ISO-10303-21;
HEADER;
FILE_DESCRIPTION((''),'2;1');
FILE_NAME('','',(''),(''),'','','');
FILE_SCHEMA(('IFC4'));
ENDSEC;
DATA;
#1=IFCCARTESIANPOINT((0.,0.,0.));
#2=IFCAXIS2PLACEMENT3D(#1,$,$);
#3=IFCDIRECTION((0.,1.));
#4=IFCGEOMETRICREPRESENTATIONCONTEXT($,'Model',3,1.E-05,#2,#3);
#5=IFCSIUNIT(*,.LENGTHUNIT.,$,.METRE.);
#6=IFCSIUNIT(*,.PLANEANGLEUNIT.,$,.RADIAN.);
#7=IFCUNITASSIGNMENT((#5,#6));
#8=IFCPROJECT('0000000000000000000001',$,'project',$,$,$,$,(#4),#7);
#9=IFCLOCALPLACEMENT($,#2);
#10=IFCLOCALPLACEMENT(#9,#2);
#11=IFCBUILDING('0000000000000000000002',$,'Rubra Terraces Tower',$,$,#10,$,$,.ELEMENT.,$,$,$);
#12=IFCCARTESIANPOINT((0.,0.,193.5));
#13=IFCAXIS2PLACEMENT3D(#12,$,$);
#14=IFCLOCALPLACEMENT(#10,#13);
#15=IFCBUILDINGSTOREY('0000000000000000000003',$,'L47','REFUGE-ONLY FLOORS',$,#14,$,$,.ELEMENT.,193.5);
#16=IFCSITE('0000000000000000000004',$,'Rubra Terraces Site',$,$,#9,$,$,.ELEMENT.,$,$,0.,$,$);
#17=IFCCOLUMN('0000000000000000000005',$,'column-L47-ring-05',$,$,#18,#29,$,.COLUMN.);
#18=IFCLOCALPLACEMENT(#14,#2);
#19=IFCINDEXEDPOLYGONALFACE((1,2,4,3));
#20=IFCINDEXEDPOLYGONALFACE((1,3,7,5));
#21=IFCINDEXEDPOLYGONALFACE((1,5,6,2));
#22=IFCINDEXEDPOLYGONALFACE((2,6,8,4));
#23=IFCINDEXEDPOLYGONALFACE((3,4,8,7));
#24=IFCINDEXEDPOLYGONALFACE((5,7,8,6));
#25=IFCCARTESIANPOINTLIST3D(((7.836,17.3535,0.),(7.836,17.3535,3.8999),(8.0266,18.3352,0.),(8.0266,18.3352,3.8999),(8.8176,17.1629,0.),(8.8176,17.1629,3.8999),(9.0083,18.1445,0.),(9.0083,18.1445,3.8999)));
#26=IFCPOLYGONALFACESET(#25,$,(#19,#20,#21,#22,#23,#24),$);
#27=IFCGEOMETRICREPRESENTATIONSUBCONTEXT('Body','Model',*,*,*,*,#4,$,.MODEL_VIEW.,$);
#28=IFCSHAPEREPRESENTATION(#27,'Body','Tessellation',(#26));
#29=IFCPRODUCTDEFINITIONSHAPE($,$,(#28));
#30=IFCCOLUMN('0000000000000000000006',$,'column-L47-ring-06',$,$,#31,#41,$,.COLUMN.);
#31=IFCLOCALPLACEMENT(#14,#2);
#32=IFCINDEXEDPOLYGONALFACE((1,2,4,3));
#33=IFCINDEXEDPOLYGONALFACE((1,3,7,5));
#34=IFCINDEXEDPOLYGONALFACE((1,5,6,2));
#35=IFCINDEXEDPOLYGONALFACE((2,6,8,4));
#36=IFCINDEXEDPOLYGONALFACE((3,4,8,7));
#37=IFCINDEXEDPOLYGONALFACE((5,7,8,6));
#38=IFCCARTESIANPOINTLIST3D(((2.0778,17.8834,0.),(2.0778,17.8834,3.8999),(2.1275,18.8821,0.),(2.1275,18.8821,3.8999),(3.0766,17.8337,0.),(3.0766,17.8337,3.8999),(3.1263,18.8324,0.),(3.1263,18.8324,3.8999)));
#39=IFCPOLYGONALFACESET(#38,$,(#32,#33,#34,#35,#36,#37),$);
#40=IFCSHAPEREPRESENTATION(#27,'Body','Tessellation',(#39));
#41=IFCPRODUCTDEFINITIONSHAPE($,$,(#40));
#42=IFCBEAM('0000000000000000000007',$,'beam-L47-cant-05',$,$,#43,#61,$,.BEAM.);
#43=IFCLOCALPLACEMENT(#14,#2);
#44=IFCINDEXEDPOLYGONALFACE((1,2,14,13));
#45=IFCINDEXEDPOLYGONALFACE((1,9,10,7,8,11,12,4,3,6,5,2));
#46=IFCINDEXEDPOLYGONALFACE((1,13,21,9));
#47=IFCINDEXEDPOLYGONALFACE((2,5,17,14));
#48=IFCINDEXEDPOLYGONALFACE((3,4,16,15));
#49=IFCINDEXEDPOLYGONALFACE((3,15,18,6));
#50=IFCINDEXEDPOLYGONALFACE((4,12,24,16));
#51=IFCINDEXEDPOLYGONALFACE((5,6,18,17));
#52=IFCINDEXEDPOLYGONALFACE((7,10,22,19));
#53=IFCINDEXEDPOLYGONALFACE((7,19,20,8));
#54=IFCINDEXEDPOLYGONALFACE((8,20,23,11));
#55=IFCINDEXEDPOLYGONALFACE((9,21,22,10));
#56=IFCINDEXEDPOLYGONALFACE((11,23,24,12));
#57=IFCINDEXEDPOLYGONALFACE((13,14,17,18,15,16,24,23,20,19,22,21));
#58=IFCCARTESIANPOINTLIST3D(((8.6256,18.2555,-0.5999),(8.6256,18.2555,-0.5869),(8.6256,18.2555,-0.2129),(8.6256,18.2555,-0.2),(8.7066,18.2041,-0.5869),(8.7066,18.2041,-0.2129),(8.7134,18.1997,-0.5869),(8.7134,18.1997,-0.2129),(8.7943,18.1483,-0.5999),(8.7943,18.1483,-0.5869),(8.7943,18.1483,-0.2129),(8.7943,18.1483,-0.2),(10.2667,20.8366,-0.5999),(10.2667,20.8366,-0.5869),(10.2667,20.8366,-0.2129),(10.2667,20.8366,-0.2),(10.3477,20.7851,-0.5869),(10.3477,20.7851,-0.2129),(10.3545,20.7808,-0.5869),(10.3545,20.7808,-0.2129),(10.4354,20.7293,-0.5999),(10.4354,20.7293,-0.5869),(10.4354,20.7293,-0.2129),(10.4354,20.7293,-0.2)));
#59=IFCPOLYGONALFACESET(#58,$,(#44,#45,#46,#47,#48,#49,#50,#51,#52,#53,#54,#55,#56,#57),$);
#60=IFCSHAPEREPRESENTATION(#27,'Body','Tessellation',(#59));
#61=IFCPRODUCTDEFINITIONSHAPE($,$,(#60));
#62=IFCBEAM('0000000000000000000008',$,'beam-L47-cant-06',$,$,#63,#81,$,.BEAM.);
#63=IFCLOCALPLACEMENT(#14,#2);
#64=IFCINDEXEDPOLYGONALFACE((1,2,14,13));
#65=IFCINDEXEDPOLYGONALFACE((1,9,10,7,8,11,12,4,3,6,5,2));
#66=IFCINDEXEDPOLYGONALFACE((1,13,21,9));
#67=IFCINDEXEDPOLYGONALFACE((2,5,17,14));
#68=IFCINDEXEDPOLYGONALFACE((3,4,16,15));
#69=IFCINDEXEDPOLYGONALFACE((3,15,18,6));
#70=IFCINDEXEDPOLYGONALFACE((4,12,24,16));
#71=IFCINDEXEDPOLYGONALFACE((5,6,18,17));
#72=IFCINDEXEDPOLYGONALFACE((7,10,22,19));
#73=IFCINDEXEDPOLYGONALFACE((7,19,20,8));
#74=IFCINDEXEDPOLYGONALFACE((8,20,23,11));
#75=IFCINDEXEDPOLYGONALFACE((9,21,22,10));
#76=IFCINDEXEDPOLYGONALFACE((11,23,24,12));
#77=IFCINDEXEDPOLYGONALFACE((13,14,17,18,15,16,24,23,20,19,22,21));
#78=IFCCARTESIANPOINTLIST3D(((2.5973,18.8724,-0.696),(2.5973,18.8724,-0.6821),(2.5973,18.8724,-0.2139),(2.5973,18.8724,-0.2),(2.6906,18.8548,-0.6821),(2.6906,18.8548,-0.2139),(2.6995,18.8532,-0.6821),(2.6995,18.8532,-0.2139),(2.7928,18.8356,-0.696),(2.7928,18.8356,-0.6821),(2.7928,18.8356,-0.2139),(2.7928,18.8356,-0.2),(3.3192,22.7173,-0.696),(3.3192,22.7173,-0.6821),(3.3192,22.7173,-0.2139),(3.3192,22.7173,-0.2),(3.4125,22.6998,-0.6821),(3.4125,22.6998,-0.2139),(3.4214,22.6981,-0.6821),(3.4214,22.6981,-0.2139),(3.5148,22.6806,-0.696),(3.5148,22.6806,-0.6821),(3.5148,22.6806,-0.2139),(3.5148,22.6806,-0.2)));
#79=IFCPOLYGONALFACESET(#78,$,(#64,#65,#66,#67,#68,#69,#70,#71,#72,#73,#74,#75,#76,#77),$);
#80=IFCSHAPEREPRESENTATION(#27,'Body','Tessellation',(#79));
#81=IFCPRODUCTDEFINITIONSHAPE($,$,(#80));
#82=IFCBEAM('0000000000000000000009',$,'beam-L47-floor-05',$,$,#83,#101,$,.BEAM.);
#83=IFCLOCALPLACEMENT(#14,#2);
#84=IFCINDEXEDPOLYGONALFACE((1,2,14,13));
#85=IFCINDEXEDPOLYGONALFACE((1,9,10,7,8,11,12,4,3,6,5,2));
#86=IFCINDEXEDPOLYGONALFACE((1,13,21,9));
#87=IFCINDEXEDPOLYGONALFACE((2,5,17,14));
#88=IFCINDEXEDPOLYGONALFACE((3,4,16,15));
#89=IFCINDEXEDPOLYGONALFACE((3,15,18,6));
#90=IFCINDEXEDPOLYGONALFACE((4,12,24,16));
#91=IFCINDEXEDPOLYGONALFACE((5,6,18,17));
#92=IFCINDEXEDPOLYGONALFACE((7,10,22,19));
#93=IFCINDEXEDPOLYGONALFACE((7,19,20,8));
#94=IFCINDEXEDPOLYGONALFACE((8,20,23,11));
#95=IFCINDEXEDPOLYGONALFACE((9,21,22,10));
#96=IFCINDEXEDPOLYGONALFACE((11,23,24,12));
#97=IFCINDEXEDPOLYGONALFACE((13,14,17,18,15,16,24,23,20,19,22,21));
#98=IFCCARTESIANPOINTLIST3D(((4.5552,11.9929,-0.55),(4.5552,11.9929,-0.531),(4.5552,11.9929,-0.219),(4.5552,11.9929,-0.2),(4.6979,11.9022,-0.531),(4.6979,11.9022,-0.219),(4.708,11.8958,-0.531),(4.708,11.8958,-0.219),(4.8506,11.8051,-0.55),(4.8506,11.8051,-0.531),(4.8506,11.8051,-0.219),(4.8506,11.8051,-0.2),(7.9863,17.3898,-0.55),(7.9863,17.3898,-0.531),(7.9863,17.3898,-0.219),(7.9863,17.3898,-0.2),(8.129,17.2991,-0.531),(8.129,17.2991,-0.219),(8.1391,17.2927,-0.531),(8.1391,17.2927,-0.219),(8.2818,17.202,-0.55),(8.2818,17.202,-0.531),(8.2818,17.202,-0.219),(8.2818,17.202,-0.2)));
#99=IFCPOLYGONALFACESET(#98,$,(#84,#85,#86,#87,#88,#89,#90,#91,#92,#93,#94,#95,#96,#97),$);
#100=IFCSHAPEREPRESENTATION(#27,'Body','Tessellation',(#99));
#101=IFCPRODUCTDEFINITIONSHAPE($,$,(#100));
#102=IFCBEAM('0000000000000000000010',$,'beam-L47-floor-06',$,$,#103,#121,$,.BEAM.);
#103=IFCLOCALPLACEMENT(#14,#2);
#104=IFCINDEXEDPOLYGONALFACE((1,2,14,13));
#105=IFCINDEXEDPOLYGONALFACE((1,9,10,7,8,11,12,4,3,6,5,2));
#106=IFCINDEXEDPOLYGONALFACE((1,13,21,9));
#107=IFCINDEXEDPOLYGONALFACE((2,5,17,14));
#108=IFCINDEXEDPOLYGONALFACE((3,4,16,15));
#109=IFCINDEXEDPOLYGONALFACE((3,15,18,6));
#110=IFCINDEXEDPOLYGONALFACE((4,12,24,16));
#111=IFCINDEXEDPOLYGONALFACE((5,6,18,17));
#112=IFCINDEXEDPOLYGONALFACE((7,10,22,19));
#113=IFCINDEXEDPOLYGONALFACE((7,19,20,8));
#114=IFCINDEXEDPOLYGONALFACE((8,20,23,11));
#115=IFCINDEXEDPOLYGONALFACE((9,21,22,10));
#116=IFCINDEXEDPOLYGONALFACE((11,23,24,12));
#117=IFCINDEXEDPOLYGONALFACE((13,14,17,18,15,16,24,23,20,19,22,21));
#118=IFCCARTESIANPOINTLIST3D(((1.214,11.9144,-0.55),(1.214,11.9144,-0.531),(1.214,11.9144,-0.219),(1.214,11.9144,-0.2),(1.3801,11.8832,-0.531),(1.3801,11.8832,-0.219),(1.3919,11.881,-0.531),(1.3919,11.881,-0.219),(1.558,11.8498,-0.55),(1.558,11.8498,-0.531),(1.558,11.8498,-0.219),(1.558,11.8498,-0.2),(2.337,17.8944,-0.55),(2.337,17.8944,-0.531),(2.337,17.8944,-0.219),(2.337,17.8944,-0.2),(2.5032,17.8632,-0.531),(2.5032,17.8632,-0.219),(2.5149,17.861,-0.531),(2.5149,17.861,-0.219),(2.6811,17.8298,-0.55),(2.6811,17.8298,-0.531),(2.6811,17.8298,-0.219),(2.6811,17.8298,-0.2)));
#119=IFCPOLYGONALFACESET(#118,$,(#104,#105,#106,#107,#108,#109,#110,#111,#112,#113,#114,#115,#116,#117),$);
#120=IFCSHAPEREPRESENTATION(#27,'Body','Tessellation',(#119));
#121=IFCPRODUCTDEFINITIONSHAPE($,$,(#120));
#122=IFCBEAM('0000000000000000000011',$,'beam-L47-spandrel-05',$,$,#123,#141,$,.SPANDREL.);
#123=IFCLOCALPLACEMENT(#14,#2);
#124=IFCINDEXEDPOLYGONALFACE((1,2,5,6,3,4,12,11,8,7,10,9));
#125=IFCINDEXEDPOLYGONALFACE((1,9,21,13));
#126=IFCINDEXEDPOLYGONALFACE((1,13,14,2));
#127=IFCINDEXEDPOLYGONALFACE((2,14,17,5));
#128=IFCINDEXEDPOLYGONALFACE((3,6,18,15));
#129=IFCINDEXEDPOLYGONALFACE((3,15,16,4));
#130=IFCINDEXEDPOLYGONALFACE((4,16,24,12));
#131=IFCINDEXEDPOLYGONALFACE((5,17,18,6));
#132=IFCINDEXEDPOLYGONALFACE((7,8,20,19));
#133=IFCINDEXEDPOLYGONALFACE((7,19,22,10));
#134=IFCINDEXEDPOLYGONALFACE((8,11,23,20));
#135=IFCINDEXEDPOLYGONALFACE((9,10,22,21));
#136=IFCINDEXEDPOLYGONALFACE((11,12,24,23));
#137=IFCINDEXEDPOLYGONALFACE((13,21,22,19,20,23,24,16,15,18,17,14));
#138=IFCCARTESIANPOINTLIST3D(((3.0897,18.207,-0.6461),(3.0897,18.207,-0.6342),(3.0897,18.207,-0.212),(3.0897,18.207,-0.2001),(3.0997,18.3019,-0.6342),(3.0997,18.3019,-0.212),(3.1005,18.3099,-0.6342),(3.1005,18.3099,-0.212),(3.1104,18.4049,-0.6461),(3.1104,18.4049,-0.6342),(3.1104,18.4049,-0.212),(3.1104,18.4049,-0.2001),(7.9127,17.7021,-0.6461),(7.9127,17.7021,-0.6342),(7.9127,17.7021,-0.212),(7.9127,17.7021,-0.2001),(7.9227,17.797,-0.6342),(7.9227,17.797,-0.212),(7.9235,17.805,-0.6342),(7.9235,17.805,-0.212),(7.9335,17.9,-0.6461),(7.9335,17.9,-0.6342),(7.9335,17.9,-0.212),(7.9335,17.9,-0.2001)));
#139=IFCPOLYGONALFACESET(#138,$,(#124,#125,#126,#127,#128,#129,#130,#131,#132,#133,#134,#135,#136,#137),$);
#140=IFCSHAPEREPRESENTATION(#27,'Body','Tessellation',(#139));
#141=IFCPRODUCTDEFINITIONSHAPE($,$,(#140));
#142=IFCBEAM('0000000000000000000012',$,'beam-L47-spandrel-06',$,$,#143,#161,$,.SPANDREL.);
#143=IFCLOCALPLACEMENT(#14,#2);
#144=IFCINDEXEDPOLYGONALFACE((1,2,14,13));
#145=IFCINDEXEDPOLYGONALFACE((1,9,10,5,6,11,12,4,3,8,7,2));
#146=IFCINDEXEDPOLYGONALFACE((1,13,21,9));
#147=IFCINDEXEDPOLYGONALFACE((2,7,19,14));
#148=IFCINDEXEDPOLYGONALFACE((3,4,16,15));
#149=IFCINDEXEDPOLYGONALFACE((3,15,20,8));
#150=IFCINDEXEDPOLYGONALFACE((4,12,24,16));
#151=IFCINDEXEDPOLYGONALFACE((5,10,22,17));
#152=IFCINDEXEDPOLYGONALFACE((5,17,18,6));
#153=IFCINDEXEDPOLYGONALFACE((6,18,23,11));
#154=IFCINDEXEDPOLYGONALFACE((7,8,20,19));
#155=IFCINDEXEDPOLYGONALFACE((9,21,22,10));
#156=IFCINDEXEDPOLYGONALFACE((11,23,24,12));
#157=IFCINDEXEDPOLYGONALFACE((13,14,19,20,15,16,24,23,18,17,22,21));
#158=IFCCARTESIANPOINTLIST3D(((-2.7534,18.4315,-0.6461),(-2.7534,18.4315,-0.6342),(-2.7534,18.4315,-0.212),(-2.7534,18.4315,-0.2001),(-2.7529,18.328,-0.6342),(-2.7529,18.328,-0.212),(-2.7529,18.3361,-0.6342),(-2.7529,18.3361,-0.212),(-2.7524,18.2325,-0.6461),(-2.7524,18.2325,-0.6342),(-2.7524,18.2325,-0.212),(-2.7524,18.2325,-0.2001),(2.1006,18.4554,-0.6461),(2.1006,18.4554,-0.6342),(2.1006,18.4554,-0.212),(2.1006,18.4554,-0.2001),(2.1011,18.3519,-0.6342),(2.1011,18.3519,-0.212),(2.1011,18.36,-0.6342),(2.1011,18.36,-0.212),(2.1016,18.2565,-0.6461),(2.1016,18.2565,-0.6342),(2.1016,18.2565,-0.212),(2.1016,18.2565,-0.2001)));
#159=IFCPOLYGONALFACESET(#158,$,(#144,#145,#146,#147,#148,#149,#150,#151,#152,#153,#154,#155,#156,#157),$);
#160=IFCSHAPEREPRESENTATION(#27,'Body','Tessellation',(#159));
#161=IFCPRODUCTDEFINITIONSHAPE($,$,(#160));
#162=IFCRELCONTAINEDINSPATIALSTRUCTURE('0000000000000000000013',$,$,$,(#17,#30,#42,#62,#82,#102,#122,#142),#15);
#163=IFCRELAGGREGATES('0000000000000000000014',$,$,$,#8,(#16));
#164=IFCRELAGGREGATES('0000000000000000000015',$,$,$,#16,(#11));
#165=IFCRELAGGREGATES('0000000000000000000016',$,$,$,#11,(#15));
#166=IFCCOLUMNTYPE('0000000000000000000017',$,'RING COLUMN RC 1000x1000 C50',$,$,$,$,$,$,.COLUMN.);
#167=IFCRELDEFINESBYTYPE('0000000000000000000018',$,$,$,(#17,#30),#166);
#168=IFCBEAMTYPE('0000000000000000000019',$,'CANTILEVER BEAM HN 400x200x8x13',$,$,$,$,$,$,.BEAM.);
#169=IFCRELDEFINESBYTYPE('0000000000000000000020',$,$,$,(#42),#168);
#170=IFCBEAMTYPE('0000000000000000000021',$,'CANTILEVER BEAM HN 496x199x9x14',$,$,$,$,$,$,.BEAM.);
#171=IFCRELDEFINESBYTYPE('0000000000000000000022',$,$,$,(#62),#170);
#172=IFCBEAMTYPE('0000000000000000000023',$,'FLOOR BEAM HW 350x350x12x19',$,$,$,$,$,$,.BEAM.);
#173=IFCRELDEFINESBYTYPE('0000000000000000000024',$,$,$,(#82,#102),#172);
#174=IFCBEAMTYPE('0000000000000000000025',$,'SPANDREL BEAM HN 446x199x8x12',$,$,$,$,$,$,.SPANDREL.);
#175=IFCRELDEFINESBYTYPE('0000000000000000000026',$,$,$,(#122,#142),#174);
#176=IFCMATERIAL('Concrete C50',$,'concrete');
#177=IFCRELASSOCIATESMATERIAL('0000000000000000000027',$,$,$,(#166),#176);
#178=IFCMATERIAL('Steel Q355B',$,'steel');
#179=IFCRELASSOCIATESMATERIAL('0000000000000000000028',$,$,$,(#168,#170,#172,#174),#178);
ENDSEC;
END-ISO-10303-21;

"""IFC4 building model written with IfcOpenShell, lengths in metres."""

from ifc_helpers import new_model, si_unit, direction, frame, origin, origin_2d, place, context, subcontext, project, spatial, rectangle, i_section, extrude, material, material_profile, profile_set, type_object, element, save


model = new_model("IFC4")

# Units and contexts
model_context = context("Model", 3, precision=1e-05, world=origin(), true_north=direction((0.0, 1.0)))
body_context = subcontext(model_context, "Body", "Model", "MODEL_VIEW")
ifc_project = project(units=[si_unit("LENGTHUNIT", "METRE"), si_unit("PLANEANGLEUNIT", "RADIAN")], contexts=[model_context])

# Site, building, storey
site_placement = place(None, origin())
site = spatial("IfcSite", under=ifc_project, at=site_placement, Name="Rubra Terraces Site", CompositionType="ELEMENT", RefElevation=0.0)
building_placement = place(site_placement, origin())
building = spatial("IfcBuilding", under=site, at=building_placement, Name="Rubra Terraces Tower", CompositionType="ELEMENT")
storey_placement = place(building_placement, frame((0.0, 0.0, 193.5)))
storey = spatial("IfcBuildingStorey", under=building, at=storey_placement, Name="L47", Description="REFUGE-ONLY FLOORS", CompositionType="ELEMENT", Elevation=193.5)

# Columns
ifc_material_1 = material(Name="Concrete C50", Category="concrete")
ifc_material_profile_1 = material_profile(ifc_material_1, rectangle(XDim=1.0, YDim=1.0, at=origin_2d()), Name="RC 1000x1000")
ifc_profile_set_1 = profile_set([ifc_material_profile_1], Name="Concrete C50")
column_type = type_object("IfcColumnType", Name="RING COLUMN RC 1000x1000 C50", PredefinedType="COLUMN", material=ifc_profile_set_1)
for number, where, z_axis, x_axis, name in (
    (1, (8.4221, 17.749, 0.0), (0.0, 0.0, 1.0), (-0.981655, 0.190668, 0.0), "column-L47-ring-05"),
    (2, (2.6021, 18.3579, 0.0), (0.0, 0.0, 1.0), (-0.998764, 0.049699, 0.0), "column-L47-ring-06"),
):
    element("IfcColumn", number, at=place(storey_placement, frame(where, z_axis=z_axis, x_axis=x_axis)), inside=storey, type_object=column_type, Name=name, PredefinedType="COLUMN", context=body_context, shape_type="SweptSolid", body=[
        extrude(rectangle(XDim=1.0, YDim=1.0, at=origin_2d()), origin(), (0.0, 0.0, 1.0), 3.8999),
    ])

# Beams
ifc_material_2 = material(Name="Steel Q355B", Category="steel")
ifc_material_profile_2 = material_profile(ifc_material_2, i_section(OverallWidth=0.2, OverallDepth=0.3999, WebThickness=0.0081, FlangeThickness=0.0129, at=origin_2d()), Name="HN 400x200x8x13")
ifc_profile_set_2 = profile_set([ifc_material_profile_2], Name="Steel Q355B")
beam_type_1 = type_object("IfcBeamType", Name="CANTILEVER BEAM HN 400x200x8x13", PredefinedType="BEAM", material=ifc_profile_set_2)
beam_1_placement = place(storey_placement, frame((8.71, 18.2019, -0.3999), z_axis=(0.536555, 0.843865, 0.0), x_axis=(-0.843865, 0.536555, 0.0)))
element("IfcBeam", 3, at=beam_1_placement, inside=storey, type_object=beam_type_1, Name="beam-L47-cant-05", PredefinedType="BEAM", context=body_context, shape_type="SweptSolid", body=[
    extrude(i_section(OverallWidth=0.2, OverallDepth=0.3999, WebThickness=0.0081, FlangeThickness=0.0129, at=origin_2d()), origin(), (0.0, 0.0, 1.0), 3.0586),
])
ifc_material_profile_3 = material_profile(ifc_material_2, i_section(OverallWidth=0.199, OverallDepth=0.4961, WebThickness=0.009, FlangeThickness=0.0139, at=origin_2d()), Name="HN 496x199x9x14")
ifc_profile_set_3 = profile_set([ifc_material_profile_3], Name="Steel Q355B")
beam_type_2 = type_object("IfcBeamType", Name="CANTILEVER BEAM HN 496x199x9x14", PredefinedType="BEAM", material=ifc_profile_set_3)
beam_2_placement = place(storey_placement, frame((2.6951, 18.854, -0.448), z_axis=(0.184533, 0.982826, 0.0), x_axis=(-0.982826, 0.184533, 0.0)))
element("IfcBeam", 4, at=beam_2_placement, inside=storey, type_object=beam_type_2, Name="beam-L47-cant-06", PredefinedType="BEAM", context=body_context, shape_type="SweptSolid", body=[
    extrude(i_section(OverallWidth=0.199, OverallDepth=0.4961, WebThickness=0.009, FlangeThickness=0.0139, at=origin_2d()), origin(), (0.0, 0.0, 1.0), 3.9121),
])
ifc_material_profile_4 = material_profile(ifc_material_2, i_section(OverallWidth=0.3501, OverallDepth=0.3501, WebThickness=0.012, FlangeThickness=0.019, at=origin_2d()), Name="HW 350x350x12x19")
ifc_profile_set_4 = profile_set([ifc_material_profile_4], Name="Steel Q355B")
beam_type_3 = type_object("IfcBeamType", Name="FLOOR BEAM HW 350x350x12x19", PredefinedType="BEAM", material=ifc_profile_set_4)
beam_3_placement = place(storey_placement, frame((8.134, 17.2959, -0.375), z_axis=(-0.53651, -0.843894, 0.0), x_axis=(0.843894, -0.53651, 0.0)))
element("IfcBeam", 5, at=beam_3_placement, inside=storey, type_object=beam_type_3, Name="beam-L47-floor-05", PredefinedType="BEAM", context=body_context, shape_type="SweptSolid", body=[
    extrude(i_section(OverallWidth=0.3501, OverallDepth=0.3501, WebThickness=0.012, FlangeThickness=0.019, at=origin_2d()), origin(), (0.0, 0.0, 1.0), 6.3953),
])
beam_4_placement = place(storey_placement, frame((2.509, 17.8621, -0.375), z_axis=(-0.184574, -0.982819, 0.0), x_axis=(0.982819, -0.184574, 0.0)))
element("IfcBeam", 6, at=beam_4_placement, inside=storey, type_object=beam_type_3, Name="beam-L47-floor-06", PredefinedType="BEAM", context=body_context, shape_type="SweptSolid", body=[
    extrude(i_section(OverallWidth=0.3501, OverallDepth=0.3501, WebThickness=0.012, FlangeThickness=0.019, at=origin_2d()), origin(), (0.0, 0.0, 1.0), 6.0845),
])
ifc_material_profile_5 = material_profile(ifc_material_2, i_section(OverallWidth=0.199, OverallDepth=0.446, WebThickness=0.0081, FlangeThickness=0.012, at=origin_2d()), Name="HN 446x199x8x12")
ifc_profile_set_5 = profile_set([ifc_material_profile_5], Name="Steel Q355B")
beam_type_4 = type_object("IfcBeamType", Name="SPANDREL BEAM HN 446x199x8x12", PredefinedType="SPANDREL", material=ifc_profile_set_5)
beam_5_placement = place(storey_placement, frame((7.9231, 17.801, -0.4231), z_axis=(-0.994565, 0.104113, 0.0), x_axis=(-0.104113, -0.994565, 0.0)))
element("IfcBeam", 7, at=beam_5_placement, inside=storey, type_object=beam_type_4, Name="beam-L47-spandrel-05", PredefinedType="SPANDREL", context=body_context, shape_type="SweptSolid", body=[
    extrude(i_section(OverallWidth=0.199, OverallDepth=0.446, WebThickness=0.0081, FlangeThickness=0.012, at=origin_2d()), origin(), (0.0, 0.0, 1.0), 4.8494),
])
beam_6_placement = place(storey_placement, frame((2.1011, 18.356, -0.4231), z_axis=(-0.999988, -0.004929, 0.0), x_axis=(0.004929, -0.999988, 0.0)))
element("IfcBeam", 8, at=beam_6_placement, inside=storey, type_object=beam_type_4, Name="beam-L47-spandrel-06", PredefinedType="SPANDREL", context=body_context, shape_type="SweptSolid", body=[
    extrude(i_section(OverallWidth=0.199, OverallDepth=0.446, WebThickness=0.0081, FlangeThickness=0.012, at=origin_2d()), origin(), (0.0, 0.0, 1.0), 4.854),
])

save(model, "model.ifc")
